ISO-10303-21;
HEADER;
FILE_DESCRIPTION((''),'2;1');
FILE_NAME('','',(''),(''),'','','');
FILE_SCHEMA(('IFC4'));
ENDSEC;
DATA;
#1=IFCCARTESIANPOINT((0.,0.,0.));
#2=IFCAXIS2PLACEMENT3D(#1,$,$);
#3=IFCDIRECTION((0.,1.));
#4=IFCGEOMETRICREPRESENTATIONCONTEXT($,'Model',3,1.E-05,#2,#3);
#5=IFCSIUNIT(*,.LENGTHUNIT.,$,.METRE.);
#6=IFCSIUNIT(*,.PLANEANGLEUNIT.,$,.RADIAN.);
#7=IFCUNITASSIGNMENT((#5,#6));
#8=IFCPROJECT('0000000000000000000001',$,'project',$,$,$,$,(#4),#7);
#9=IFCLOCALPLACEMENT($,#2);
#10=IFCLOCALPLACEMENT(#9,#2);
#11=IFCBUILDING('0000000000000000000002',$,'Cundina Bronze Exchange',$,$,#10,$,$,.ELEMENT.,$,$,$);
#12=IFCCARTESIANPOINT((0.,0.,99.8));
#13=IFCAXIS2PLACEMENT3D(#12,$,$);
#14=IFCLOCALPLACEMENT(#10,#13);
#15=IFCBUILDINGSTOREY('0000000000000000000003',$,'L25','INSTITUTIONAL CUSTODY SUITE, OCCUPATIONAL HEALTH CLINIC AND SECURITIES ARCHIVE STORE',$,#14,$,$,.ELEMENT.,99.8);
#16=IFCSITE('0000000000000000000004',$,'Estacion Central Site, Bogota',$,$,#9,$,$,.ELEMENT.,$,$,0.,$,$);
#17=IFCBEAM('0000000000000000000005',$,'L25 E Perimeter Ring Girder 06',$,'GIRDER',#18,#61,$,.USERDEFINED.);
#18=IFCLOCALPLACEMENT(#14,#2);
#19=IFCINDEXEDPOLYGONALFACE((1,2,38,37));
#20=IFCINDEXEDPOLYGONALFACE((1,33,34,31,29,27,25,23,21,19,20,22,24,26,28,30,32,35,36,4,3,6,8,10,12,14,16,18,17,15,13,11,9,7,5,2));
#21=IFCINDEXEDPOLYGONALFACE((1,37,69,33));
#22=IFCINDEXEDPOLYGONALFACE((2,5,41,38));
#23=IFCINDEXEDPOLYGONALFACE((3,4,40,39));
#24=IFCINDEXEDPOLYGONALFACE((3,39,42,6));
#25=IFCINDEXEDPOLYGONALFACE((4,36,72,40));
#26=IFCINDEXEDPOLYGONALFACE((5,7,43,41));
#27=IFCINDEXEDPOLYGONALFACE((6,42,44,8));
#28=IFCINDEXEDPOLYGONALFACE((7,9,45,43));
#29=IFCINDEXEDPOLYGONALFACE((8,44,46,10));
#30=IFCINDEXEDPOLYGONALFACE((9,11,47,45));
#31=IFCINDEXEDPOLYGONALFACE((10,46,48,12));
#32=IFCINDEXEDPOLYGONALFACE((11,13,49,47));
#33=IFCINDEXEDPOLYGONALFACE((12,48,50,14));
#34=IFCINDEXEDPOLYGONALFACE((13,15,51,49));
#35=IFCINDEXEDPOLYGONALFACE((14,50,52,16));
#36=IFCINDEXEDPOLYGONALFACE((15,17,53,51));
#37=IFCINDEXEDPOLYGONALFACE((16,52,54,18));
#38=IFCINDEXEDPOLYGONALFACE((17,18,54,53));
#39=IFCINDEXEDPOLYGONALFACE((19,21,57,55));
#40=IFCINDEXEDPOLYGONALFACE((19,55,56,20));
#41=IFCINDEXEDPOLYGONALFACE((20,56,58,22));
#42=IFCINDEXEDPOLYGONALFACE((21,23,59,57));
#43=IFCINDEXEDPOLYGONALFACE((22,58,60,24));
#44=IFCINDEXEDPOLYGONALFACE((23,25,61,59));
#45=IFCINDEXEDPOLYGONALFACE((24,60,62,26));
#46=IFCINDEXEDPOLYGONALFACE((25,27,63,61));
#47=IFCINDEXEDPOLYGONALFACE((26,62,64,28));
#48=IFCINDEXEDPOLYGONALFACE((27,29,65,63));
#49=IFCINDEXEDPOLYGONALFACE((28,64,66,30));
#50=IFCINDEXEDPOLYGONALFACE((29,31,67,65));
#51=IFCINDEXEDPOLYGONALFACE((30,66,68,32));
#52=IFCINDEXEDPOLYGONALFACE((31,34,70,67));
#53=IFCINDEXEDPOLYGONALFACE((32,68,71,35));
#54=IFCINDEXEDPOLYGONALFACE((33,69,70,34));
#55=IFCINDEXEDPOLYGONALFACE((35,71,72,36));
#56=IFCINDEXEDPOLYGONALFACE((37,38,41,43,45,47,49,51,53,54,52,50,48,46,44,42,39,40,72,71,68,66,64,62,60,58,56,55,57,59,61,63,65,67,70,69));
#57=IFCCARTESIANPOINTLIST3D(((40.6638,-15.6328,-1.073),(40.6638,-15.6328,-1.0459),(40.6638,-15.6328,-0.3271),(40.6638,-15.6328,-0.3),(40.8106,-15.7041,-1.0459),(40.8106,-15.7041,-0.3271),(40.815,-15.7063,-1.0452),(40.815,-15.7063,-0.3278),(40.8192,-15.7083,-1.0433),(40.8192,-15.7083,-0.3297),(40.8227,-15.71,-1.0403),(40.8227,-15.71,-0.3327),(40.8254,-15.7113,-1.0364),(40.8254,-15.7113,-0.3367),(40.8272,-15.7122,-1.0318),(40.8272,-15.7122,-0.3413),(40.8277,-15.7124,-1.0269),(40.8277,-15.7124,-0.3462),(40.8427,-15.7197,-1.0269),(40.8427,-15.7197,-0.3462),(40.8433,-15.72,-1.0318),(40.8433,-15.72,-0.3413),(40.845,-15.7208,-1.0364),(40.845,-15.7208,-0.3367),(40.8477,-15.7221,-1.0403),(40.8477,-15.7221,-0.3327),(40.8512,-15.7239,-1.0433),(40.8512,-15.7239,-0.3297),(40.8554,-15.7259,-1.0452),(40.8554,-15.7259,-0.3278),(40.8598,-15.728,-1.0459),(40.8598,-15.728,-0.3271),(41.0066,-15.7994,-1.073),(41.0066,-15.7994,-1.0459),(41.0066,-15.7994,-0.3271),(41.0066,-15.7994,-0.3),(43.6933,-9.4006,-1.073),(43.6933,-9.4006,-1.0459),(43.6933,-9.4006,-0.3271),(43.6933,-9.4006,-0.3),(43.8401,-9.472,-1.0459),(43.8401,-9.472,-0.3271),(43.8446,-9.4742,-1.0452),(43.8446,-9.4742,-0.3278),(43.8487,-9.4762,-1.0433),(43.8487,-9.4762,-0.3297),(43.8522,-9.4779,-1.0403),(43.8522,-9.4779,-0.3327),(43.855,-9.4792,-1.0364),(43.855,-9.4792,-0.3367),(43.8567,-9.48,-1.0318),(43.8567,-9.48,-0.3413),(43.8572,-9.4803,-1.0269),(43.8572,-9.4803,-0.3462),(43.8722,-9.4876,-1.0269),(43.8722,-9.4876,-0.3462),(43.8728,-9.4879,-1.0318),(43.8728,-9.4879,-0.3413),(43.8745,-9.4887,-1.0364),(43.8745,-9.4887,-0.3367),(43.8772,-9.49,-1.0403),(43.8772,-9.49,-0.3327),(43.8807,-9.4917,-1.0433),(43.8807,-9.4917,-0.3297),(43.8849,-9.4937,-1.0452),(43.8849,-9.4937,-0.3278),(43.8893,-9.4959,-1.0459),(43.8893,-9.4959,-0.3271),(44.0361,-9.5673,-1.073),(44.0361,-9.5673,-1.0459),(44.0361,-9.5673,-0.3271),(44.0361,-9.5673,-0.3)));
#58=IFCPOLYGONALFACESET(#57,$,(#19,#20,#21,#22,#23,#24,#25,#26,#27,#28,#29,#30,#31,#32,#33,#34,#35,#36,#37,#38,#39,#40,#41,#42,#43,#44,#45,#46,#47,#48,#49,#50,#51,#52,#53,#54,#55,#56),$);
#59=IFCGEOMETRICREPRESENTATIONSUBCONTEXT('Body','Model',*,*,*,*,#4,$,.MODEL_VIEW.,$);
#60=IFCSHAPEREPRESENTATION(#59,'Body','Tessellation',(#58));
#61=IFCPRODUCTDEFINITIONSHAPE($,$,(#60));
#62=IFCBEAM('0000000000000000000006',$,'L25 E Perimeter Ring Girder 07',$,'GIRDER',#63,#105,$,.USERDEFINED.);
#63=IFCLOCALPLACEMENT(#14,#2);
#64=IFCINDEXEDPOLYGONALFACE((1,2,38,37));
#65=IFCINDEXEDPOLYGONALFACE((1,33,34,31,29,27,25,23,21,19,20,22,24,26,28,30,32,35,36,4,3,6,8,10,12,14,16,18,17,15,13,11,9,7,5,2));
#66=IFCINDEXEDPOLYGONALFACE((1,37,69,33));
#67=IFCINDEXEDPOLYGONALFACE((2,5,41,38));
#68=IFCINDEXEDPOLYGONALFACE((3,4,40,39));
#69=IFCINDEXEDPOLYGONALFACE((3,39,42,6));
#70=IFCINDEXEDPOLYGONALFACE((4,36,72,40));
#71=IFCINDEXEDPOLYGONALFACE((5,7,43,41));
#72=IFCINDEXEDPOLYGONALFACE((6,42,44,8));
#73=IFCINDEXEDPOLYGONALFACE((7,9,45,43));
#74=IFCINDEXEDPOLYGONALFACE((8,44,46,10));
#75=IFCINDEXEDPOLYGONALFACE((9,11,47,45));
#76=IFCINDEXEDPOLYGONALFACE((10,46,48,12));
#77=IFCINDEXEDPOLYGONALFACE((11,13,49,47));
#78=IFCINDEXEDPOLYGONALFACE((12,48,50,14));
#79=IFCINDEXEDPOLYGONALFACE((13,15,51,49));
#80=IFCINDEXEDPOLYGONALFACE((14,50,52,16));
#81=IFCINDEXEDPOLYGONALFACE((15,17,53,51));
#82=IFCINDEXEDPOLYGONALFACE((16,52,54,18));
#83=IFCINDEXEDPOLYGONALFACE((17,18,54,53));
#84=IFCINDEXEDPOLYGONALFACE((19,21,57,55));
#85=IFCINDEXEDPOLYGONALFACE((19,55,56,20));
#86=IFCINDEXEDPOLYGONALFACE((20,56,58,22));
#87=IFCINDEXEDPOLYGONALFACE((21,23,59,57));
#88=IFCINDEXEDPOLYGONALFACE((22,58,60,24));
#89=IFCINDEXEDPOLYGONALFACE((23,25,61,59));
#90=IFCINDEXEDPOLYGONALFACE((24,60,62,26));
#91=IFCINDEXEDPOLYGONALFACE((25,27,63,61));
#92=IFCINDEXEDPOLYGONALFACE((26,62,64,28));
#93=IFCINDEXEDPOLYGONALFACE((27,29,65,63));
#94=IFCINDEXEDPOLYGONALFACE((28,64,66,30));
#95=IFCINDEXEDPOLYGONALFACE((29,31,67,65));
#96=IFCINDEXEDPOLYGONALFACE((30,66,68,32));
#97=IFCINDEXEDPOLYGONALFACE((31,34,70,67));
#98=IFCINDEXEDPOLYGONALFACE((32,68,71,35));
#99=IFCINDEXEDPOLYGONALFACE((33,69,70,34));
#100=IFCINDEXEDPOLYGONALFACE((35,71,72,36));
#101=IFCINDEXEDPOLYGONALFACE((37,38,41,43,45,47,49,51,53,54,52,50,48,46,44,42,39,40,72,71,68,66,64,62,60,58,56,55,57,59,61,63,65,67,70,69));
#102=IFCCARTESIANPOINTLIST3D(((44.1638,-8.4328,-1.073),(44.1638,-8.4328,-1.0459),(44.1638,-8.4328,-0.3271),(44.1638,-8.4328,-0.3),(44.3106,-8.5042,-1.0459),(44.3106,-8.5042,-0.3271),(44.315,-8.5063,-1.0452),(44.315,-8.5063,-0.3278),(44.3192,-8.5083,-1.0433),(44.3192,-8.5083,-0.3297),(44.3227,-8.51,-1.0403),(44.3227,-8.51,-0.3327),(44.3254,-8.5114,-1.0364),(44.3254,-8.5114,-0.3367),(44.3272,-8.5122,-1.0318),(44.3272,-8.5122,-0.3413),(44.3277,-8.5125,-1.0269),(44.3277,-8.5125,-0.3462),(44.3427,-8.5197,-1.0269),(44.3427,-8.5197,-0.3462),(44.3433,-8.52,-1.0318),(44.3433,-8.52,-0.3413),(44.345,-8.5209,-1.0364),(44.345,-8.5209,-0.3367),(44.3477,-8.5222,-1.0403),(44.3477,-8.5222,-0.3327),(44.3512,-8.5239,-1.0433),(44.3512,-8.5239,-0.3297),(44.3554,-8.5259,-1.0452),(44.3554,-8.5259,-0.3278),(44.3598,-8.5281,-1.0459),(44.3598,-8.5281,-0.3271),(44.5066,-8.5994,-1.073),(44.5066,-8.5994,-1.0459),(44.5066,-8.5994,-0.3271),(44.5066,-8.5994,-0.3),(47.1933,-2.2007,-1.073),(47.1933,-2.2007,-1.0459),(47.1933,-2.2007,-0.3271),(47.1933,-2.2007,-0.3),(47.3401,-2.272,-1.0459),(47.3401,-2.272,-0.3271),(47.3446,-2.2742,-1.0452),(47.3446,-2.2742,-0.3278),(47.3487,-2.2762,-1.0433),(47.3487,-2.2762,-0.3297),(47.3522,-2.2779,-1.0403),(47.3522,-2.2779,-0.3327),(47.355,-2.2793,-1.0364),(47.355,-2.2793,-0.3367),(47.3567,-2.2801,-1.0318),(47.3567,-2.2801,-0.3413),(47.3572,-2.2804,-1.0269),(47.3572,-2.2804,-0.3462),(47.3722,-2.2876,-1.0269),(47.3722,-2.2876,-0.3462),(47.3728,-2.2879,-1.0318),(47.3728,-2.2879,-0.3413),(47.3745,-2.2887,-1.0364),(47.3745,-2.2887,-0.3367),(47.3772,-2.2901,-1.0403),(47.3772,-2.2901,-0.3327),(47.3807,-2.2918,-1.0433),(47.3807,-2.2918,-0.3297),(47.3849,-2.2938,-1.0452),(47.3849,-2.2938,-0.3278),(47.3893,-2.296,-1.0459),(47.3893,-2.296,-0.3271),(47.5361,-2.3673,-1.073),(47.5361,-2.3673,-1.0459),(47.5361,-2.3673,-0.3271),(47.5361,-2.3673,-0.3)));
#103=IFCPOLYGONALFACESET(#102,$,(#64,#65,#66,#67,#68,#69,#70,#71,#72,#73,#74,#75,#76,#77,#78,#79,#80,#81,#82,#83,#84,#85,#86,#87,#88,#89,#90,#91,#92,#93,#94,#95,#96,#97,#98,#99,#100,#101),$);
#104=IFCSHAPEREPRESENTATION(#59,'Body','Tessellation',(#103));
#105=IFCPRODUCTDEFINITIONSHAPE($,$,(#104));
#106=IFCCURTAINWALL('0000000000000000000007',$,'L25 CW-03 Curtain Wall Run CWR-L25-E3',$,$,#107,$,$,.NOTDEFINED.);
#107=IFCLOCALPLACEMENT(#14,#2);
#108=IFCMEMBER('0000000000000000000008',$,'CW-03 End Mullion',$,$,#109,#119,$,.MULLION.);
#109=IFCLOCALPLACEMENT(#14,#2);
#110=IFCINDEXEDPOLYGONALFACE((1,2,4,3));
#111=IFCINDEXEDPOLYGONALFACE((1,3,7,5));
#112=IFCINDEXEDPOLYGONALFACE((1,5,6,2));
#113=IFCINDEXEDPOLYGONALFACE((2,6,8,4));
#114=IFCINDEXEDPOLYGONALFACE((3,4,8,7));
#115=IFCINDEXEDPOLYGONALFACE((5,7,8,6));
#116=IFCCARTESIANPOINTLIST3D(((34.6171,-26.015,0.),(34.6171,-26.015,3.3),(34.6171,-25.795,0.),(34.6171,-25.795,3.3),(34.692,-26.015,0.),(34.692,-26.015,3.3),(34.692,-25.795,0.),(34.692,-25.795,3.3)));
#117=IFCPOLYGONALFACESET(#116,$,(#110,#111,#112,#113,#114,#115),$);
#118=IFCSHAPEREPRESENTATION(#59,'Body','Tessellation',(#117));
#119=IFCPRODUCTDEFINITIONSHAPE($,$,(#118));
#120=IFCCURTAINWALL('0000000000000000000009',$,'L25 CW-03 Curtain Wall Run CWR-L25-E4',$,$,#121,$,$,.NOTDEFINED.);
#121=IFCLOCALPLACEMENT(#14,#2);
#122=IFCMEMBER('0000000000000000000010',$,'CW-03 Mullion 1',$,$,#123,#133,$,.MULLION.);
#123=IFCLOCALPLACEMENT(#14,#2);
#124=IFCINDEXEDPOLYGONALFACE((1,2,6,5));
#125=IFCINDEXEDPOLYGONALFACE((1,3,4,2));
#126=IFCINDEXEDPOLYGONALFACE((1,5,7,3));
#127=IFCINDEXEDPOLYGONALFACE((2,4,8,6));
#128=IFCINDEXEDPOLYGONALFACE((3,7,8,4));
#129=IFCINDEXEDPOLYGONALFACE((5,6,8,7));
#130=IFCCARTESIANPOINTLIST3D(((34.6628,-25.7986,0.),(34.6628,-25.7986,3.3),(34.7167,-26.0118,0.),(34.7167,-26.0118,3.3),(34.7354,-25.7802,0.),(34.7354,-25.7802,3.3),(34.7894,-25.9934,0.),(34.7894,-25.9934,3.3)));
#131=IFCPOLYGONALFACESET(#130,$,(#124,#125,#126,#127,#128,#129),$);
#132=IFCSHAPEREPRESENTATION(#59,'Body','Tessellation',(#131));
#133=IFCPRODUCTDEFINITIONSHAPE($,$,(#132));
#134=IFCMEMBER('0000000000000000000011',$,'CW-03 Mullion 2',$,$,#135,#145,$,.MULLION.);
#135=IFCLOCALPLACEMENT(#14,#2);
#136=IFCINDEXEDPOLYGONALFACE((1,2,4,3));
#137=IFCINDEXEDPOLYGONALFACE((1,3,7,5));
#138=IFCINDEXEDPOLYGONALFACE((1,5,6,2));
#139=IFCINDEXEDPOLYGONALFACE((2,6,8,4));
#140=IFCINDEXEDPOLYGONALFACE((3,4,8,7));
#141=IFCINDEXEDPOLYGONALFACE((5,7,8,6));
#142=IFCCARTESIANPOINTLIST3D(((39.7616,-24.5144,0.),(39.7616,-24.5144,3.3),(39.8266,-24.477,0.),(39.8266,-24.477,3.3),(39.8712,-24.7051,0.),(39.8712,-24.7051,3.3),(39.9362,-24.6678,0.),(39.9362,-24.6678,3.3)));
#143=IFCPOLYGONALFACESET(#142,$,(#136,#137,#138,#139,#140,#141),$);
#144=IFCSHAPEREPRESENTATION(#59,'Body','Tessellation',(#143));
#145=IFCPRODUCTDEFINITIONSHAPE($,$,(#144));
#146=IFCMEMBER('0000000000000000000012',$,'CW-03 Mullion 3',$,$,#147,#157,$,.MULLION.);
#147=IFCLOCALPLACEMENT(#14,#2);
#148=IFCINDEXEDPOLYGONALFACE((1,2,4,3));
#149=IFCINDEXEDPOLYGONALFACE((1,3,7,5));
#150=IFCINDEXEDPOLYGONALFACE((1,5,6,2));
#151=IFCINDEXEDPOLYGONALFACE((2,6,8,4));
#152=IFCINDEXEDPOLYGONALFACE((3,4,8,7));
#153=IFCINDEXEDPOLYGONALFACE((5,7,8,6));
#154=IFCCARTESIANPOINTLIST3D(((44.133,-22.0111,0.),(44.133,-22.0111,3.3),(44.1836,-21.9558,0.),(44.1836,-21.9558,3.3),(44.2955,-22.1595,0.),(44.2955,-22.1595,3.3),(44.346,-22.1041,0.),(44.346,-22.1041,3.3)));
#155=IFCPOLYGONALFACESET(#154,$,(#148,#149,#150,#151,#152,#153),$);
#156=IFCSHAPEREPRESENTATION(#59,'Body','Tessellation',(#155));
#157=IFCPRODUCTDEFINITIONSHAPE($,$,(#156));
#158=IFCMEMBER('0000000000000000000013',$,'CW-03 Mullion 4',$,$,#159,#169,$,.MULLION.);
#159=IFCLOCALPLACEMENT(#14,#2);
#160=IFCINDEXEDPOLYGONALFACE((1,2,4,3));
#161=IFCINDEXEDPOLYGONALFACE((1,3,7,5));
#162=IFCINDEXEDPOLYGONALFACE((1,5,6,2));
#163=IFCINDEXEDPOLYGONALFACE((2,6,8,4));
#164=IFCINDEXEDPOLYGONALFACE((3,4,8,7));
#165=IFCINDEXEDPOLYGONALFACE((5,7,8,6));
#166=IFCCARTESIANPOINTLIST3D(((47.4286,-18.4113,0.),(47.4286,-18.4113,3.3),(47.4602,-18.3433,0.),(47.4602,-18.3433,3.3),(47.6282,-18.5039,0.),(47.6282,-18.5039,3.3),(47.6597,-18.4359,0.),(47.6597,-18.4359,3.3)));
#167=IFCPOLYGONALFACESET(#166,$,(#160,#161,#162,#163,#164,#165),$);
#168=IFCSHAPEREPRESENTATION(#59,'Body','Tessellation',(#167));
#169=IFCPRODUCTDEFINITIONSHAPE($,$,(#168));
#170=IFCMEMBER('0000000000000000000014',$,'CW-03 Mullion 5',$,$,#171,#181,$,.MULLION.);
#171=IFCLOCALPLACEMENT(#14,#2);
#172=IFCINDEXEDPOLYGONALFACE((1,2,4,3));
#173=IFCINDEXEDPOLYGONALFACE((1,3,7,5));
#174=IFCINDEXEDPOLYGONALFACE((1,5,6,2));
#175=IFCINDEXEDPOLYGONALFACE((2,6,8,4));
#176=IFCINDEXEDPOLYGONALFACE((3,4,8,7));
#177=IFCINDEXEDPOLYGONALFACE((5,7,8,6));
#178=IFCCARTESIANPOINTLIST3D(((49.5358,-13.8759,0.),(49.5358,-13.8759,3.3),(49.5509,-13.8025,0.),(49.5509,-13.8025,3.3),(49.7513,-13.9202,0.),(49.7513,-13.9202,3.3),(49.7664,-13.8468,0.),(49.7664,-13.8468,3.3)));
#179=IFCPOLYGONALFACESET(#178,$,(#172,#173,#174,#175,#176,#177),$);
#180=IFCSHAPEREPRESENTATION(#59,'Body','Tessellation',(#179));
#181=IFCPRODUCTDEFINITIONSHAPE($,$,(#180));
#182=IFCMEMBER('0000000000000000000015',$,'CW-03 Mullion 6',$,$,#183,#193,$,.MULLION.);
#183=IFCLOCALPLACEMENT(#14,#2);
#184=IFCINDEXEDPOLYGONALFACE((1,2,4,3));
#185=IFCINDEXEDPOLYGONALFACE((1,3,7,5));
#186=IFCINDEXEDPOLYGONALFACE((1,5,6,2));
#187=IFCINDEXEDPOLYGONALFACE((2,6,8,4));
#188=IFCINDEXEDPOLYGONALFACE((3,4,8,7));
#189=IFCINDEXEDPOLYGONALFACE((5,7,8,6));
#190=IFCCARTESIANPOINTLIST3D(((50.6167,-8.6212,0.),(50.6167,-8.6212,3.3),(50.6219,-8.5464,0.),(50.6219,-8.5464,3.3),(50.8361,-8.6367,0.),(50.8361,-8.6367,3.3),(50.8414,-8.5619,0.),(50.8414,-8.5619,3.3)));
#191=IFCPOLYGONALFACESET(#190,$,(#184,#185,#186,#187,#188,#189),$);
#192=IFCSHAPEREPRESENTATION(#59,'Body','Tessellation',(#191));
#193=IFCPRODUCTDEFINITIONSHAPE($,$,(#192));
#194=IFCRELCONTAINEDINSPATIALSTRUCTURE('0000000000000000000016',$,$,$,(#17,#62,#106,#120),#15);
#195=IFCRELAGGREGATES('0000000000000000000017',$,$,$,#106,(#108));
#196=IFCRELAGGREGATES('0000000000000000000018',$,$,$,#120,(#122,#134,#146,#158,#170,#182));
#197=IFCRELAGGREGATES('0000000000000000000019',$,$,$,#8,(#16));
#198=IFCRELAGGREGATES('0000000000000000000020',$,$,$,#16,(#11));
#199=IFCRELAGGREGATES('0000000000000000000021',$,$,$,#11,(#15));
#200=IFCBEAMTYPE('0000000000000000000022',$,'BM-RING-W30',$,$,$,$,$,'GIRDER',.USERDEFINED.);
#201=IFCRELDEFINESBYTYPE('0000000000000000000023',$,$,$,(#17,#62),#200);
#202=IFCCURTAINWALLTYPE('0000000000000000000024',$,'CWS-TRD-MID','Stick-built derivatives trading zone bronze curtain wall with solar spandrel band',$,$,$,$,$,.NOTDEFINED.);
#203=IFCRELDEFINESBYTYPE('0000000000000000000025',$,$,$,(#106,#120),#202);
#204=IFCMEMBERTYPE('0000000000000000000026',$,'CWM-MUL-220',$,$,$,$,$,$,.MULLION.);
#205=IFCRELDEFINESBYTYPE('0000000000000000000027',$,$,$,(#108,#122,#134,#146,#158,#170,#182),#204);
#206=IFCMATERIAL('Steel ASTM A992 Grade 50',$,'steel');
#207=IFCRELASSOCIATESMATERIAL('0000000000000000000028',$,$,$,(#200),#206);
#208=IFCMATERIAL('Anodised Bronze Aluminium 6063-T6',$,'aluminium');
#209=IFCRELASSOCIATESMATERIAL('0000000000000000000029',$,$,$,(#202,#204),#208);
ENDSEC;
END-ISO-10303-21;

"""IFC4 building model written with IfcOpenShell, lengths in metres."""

from ifc_helpers import new_model, si_unit, direction, frame, origin, origin_2d, place, context, subcontext, project, spatial, rectangle, i_section, extrude, material, material_profile, profile_set, type_object, element, aggregate, save


model = new_model("IFC4")

# Units and contexts
model_context = context("Model", 3, precision=1e-05, world=origin(), true_north=direction((0.0, 1.0)))
body_context = subcontext(model_context, "Body", "Model", "MODEL_VIEW")
ifc_project = project(units=[si_unit("LENGTHUNIT", "METRE"), si_unit("PLANEANGLEUNIT", "RADIAN")], contexts=[model_context])

# Site, building, storey
site_placement = place(None, origin())
site = spatial("IfcSite", under=ifc_project, at=site_placement, Name="Estacion Central Site, Bogota", CompositionType="ELEMENT", RefElevation=0.0)
building_placement = place(site_placement, origin())
building = spatial("IfcBuilding", under=site, at=building_placement, Name="Cundina Bronze Exchange", CompositionType="ELEMENT")
storey_placement = place(building_placement, frame((0.0, 0.0, 99.8)))
storey = spatial("IfcBuildingStorey", under=building, at=storey_placement, Name="L25", Description="INSTITUTIONAL CUSTODY SUITE, OCCUPATIONAL HEALTH CLINIC AND SECURITIES ARCHIVE STORE", CompositionType="ELEMENT", Elevation=99.8)

# Beams
ifc_material_1 = material(Name="Steel ASTM A992 Grade 50", Category="steel")
ifc_material_profile_1 = material_profile(ifc_material_1, i_section(OverallWidth=0.3811, OverallDepth=0.7729, WebThickness=0.0166, FlangeThickness=0.0271, FilletRadius=0.019, at=origin_2d()), Name="W30X173", Category="steel")
ifc_profile_set_1 = profile_set([ifc_material_profile_1], Name="Steel ASTM A992 Grade 50")
beam_type_1 = type_object("IfcBeamType", Name="BM-RING-W30", ElementType="GIRDER", PredefinedType="USERDEFINED", material=ifc_profile_set_1)
for number, where, z_axis, x_axis, name in (
    (1, (40.8352, -15.7161, -0.6865), (0.437194, 0.899367, 0.0), (-0.899367, 0.437194, 0.0), "L25 E Perimeter Ring Girder 06"),
    (2, (44.3352, -8.5161, -0.6865), (0.437194, 0.899367, 0.0), (-0.899367, 0.437194, 0.0), "L25 E Perimeter Ring Girder 07"),
):
    element("IfcBeam", number, at=place(storey_placement, frame(where, z_axis=z_axis, x_axis=x_axis)), inside=storey, type_object=beam_type_1, Name=name, ObjectType="GIRDER", PredefinedType="USERDEFINED", context=body_context, shape_type="SweptSolid", body=[
        extrude(i_section(OverallWidth=0.3811, OverallDepth=0.7729, WebThickness=0.0166, FlangeThickness=0.0271, FilletRadius=0.019, at=origin_2d()), origin(), (0.0, 0.0, 1.0), 6.9294),
    ])

# Curtain wall, member
ifc_material_2 = material(Name="Anodised Bronze Aluminium 6063-T6", Category="aluminium")
curtain_wall_type = type_object("IfcCurtainWallType", Name="CWS-TRD-MID", Description="Stick-built derivatives trading zone bronze curtain wall with solar spandrel band", PredefinedType="NOTDEFINED", material=ifc_material_2)
curtain_wall_1_placement = place(storey_placement, origin())
curtain_wall_1 = element("IfcCurtainWall", 3, at=curtain_wall_1_placement, inside=storey, type_object=curtain_wall_type, Name="L25 CW-03 Curtain Wall Run CWR-L25-E3", PredefinedType="NOTDEFINED")
ifc_material_profile_2 = material_profile(ifc_material_2, rectangle(XDim=0.075, YDim=0.22, at=origin_2d()), Name="AL75X220", Category="aluminium")
ifc_profile_set_2 = profile_set([ifc_material_profile_2], Name="Anodised Bronze Aluminium 6063-T6")
member_type_1 = type_object("IfcMemberType", Name="CWM-MUL-220", PredefinedType="MULLION", material=ifc_profile_set_2)
member_1_placement = place(storey_placement, frame((34.6545, -25.905, 0.0), z_axis=(0.0, 0.0, 1.0), x_axis=(1.0, 0.0, 0.0)))
member_1 = element("IfcMember", 4, at=member_1_placement, type_object=member_type_1, Name="CW-03 End Mullion", PredefinedType="MULLION", context=body_context, shape_type="SweptSolid", body=[
    extrude(rectangle(XDim=0.075, YDim=0.22, at=origin_2d()), origin(), (0.0, 0.0, 1.0), 3.3),
])
aggregate(curtain_wall_1, [member_1])

# Curtain wall, members
curtain_wall_2_placement = place(storey_placement, origin())
curtain_wall_2 = element("IfcCurtainWall", 5, at=curtain_wall_2_placement, inside=storey, type_object=curtain_wall_type, Name="L25 CW-03 Curtain Wall Run CWR-L25-E4", PredefinedType="NOTDEFINED")
member_2_placement = place(storey_placement, frame((34.7261, -25.896, 0.0), z_axis=(0.0, 0.0, 1.0), x_axis=(0.969488, 0.245138, 0.0)))
member_2 = element("IfcMember", 6, at=member_2_placement, type_object=member_type_1, Name="CW-03 Mullion 1", PredefinedType="MULLION", context=body_context, shape_type="SweptSolid", body=[
    extrude(rectangle(XDim=0.075, YDim=0.22, at=origin_2d()), origin(), (0.0, 0.0, 1.0), 3.3),
])
member_3_placement = place(storey_placement, frame((39.8489, -24.5911, 0.0), z_axis=(0.0, 0.0, 1.0), x_axis=(0.867071, 0.498185, 0.0)))
member_3 = element("IfcMember", 7, at=member_3_placement, type_object=member_type_1, Name="CW-03 Mullion 2", PredefinedType="MULLION", context=body_context, shape_type="SweptSolid", body=[
    extrude(rectangle(XDim=0.075, YDim=0.22, at=origin_2d()), origin(), (0.0, 0.0, 1.0), 3.3),
])
member_4_placement = place(storey_placement, frame((44.2395, -22.0576, 0.0), z_axis=(0.0, 0.0, 1.0), x_axis=(0.674302, 0.738455, 0.0)))
member_4 = element("IfcMember", 8, at=member_4_placement, type_object=member_type_1, Name="CW-03 Mullion 3", PredefinedType="MULLION", context=body_context, shape_type="SweptSolid", body=[
    extrude(rectangle(XDim=0.075, YDim=0.22, at=origin_2d()), origin(), (0.0, 0.0, 1.0), 3.3),
])
member_5_placement = place(storey_placement, frame((47.5442, -18.4236, 0.0), z_axis=(0.0, 0.0, 1.0), x_axis=(0.420877, 0.907117, 0.0)))
member_5 = element("IfcMember", 9, at=member_5_placement, type_object=member_type_1, Name="CW-03 Mullion 4", PredefinedType="MULLION", context=body_context, shape_type="SweptSolid", body=[
    extrude(rectangle(XDim=0.075, YDim=0.22, at=origin_2d()), origin(), (0.0, 0.0, 1.0), 3.3),
])
member_6_placement = place(storey_placement, frame((49.6511, -13.8613, 0.0), z_axis=(0.0, 0.0, 1.0), x_axis=(0.20142, 0.979505, 0.0)))
member_6 = element("IfcMember", 10, at=member_6_placement, type_object=member_type_1, Name="CW-03 Mullion 5", PredefinedType="MULLION", context=body_context, shape_type="SweptSolid", body=[
    extrude(rectangle(XDim=0.075, YDim=0.22, at=origin_2d()), origin(), (0.0, 0.0, 1.0), 3.3),
])
member_7_placement = place(storey_placement, frame((50.729, -8.5916, 0.0), z_axis=(0.0, 0.0, 1.0), x_axis=(0.070279, 0.997527, 0.0)))
member_7 = element("IfcMember", 11, at=member_7_placement, type_object=member_type_1, Name="CW-03 Mullion 6", PredefinedType="MULLION", context=body_context, shape_type="SweptSolid", body=[
    extrude(rectangle(XDim=0.075, YDim=0.22, at=origin_2d()), origin(), (0.0, 0.0, 1.0), 3.3),
])
aggregate(curtain_wall_2, [member_2, member_3, member_4, member_5, member_6, member_7])

save(model, "model.ifc")
